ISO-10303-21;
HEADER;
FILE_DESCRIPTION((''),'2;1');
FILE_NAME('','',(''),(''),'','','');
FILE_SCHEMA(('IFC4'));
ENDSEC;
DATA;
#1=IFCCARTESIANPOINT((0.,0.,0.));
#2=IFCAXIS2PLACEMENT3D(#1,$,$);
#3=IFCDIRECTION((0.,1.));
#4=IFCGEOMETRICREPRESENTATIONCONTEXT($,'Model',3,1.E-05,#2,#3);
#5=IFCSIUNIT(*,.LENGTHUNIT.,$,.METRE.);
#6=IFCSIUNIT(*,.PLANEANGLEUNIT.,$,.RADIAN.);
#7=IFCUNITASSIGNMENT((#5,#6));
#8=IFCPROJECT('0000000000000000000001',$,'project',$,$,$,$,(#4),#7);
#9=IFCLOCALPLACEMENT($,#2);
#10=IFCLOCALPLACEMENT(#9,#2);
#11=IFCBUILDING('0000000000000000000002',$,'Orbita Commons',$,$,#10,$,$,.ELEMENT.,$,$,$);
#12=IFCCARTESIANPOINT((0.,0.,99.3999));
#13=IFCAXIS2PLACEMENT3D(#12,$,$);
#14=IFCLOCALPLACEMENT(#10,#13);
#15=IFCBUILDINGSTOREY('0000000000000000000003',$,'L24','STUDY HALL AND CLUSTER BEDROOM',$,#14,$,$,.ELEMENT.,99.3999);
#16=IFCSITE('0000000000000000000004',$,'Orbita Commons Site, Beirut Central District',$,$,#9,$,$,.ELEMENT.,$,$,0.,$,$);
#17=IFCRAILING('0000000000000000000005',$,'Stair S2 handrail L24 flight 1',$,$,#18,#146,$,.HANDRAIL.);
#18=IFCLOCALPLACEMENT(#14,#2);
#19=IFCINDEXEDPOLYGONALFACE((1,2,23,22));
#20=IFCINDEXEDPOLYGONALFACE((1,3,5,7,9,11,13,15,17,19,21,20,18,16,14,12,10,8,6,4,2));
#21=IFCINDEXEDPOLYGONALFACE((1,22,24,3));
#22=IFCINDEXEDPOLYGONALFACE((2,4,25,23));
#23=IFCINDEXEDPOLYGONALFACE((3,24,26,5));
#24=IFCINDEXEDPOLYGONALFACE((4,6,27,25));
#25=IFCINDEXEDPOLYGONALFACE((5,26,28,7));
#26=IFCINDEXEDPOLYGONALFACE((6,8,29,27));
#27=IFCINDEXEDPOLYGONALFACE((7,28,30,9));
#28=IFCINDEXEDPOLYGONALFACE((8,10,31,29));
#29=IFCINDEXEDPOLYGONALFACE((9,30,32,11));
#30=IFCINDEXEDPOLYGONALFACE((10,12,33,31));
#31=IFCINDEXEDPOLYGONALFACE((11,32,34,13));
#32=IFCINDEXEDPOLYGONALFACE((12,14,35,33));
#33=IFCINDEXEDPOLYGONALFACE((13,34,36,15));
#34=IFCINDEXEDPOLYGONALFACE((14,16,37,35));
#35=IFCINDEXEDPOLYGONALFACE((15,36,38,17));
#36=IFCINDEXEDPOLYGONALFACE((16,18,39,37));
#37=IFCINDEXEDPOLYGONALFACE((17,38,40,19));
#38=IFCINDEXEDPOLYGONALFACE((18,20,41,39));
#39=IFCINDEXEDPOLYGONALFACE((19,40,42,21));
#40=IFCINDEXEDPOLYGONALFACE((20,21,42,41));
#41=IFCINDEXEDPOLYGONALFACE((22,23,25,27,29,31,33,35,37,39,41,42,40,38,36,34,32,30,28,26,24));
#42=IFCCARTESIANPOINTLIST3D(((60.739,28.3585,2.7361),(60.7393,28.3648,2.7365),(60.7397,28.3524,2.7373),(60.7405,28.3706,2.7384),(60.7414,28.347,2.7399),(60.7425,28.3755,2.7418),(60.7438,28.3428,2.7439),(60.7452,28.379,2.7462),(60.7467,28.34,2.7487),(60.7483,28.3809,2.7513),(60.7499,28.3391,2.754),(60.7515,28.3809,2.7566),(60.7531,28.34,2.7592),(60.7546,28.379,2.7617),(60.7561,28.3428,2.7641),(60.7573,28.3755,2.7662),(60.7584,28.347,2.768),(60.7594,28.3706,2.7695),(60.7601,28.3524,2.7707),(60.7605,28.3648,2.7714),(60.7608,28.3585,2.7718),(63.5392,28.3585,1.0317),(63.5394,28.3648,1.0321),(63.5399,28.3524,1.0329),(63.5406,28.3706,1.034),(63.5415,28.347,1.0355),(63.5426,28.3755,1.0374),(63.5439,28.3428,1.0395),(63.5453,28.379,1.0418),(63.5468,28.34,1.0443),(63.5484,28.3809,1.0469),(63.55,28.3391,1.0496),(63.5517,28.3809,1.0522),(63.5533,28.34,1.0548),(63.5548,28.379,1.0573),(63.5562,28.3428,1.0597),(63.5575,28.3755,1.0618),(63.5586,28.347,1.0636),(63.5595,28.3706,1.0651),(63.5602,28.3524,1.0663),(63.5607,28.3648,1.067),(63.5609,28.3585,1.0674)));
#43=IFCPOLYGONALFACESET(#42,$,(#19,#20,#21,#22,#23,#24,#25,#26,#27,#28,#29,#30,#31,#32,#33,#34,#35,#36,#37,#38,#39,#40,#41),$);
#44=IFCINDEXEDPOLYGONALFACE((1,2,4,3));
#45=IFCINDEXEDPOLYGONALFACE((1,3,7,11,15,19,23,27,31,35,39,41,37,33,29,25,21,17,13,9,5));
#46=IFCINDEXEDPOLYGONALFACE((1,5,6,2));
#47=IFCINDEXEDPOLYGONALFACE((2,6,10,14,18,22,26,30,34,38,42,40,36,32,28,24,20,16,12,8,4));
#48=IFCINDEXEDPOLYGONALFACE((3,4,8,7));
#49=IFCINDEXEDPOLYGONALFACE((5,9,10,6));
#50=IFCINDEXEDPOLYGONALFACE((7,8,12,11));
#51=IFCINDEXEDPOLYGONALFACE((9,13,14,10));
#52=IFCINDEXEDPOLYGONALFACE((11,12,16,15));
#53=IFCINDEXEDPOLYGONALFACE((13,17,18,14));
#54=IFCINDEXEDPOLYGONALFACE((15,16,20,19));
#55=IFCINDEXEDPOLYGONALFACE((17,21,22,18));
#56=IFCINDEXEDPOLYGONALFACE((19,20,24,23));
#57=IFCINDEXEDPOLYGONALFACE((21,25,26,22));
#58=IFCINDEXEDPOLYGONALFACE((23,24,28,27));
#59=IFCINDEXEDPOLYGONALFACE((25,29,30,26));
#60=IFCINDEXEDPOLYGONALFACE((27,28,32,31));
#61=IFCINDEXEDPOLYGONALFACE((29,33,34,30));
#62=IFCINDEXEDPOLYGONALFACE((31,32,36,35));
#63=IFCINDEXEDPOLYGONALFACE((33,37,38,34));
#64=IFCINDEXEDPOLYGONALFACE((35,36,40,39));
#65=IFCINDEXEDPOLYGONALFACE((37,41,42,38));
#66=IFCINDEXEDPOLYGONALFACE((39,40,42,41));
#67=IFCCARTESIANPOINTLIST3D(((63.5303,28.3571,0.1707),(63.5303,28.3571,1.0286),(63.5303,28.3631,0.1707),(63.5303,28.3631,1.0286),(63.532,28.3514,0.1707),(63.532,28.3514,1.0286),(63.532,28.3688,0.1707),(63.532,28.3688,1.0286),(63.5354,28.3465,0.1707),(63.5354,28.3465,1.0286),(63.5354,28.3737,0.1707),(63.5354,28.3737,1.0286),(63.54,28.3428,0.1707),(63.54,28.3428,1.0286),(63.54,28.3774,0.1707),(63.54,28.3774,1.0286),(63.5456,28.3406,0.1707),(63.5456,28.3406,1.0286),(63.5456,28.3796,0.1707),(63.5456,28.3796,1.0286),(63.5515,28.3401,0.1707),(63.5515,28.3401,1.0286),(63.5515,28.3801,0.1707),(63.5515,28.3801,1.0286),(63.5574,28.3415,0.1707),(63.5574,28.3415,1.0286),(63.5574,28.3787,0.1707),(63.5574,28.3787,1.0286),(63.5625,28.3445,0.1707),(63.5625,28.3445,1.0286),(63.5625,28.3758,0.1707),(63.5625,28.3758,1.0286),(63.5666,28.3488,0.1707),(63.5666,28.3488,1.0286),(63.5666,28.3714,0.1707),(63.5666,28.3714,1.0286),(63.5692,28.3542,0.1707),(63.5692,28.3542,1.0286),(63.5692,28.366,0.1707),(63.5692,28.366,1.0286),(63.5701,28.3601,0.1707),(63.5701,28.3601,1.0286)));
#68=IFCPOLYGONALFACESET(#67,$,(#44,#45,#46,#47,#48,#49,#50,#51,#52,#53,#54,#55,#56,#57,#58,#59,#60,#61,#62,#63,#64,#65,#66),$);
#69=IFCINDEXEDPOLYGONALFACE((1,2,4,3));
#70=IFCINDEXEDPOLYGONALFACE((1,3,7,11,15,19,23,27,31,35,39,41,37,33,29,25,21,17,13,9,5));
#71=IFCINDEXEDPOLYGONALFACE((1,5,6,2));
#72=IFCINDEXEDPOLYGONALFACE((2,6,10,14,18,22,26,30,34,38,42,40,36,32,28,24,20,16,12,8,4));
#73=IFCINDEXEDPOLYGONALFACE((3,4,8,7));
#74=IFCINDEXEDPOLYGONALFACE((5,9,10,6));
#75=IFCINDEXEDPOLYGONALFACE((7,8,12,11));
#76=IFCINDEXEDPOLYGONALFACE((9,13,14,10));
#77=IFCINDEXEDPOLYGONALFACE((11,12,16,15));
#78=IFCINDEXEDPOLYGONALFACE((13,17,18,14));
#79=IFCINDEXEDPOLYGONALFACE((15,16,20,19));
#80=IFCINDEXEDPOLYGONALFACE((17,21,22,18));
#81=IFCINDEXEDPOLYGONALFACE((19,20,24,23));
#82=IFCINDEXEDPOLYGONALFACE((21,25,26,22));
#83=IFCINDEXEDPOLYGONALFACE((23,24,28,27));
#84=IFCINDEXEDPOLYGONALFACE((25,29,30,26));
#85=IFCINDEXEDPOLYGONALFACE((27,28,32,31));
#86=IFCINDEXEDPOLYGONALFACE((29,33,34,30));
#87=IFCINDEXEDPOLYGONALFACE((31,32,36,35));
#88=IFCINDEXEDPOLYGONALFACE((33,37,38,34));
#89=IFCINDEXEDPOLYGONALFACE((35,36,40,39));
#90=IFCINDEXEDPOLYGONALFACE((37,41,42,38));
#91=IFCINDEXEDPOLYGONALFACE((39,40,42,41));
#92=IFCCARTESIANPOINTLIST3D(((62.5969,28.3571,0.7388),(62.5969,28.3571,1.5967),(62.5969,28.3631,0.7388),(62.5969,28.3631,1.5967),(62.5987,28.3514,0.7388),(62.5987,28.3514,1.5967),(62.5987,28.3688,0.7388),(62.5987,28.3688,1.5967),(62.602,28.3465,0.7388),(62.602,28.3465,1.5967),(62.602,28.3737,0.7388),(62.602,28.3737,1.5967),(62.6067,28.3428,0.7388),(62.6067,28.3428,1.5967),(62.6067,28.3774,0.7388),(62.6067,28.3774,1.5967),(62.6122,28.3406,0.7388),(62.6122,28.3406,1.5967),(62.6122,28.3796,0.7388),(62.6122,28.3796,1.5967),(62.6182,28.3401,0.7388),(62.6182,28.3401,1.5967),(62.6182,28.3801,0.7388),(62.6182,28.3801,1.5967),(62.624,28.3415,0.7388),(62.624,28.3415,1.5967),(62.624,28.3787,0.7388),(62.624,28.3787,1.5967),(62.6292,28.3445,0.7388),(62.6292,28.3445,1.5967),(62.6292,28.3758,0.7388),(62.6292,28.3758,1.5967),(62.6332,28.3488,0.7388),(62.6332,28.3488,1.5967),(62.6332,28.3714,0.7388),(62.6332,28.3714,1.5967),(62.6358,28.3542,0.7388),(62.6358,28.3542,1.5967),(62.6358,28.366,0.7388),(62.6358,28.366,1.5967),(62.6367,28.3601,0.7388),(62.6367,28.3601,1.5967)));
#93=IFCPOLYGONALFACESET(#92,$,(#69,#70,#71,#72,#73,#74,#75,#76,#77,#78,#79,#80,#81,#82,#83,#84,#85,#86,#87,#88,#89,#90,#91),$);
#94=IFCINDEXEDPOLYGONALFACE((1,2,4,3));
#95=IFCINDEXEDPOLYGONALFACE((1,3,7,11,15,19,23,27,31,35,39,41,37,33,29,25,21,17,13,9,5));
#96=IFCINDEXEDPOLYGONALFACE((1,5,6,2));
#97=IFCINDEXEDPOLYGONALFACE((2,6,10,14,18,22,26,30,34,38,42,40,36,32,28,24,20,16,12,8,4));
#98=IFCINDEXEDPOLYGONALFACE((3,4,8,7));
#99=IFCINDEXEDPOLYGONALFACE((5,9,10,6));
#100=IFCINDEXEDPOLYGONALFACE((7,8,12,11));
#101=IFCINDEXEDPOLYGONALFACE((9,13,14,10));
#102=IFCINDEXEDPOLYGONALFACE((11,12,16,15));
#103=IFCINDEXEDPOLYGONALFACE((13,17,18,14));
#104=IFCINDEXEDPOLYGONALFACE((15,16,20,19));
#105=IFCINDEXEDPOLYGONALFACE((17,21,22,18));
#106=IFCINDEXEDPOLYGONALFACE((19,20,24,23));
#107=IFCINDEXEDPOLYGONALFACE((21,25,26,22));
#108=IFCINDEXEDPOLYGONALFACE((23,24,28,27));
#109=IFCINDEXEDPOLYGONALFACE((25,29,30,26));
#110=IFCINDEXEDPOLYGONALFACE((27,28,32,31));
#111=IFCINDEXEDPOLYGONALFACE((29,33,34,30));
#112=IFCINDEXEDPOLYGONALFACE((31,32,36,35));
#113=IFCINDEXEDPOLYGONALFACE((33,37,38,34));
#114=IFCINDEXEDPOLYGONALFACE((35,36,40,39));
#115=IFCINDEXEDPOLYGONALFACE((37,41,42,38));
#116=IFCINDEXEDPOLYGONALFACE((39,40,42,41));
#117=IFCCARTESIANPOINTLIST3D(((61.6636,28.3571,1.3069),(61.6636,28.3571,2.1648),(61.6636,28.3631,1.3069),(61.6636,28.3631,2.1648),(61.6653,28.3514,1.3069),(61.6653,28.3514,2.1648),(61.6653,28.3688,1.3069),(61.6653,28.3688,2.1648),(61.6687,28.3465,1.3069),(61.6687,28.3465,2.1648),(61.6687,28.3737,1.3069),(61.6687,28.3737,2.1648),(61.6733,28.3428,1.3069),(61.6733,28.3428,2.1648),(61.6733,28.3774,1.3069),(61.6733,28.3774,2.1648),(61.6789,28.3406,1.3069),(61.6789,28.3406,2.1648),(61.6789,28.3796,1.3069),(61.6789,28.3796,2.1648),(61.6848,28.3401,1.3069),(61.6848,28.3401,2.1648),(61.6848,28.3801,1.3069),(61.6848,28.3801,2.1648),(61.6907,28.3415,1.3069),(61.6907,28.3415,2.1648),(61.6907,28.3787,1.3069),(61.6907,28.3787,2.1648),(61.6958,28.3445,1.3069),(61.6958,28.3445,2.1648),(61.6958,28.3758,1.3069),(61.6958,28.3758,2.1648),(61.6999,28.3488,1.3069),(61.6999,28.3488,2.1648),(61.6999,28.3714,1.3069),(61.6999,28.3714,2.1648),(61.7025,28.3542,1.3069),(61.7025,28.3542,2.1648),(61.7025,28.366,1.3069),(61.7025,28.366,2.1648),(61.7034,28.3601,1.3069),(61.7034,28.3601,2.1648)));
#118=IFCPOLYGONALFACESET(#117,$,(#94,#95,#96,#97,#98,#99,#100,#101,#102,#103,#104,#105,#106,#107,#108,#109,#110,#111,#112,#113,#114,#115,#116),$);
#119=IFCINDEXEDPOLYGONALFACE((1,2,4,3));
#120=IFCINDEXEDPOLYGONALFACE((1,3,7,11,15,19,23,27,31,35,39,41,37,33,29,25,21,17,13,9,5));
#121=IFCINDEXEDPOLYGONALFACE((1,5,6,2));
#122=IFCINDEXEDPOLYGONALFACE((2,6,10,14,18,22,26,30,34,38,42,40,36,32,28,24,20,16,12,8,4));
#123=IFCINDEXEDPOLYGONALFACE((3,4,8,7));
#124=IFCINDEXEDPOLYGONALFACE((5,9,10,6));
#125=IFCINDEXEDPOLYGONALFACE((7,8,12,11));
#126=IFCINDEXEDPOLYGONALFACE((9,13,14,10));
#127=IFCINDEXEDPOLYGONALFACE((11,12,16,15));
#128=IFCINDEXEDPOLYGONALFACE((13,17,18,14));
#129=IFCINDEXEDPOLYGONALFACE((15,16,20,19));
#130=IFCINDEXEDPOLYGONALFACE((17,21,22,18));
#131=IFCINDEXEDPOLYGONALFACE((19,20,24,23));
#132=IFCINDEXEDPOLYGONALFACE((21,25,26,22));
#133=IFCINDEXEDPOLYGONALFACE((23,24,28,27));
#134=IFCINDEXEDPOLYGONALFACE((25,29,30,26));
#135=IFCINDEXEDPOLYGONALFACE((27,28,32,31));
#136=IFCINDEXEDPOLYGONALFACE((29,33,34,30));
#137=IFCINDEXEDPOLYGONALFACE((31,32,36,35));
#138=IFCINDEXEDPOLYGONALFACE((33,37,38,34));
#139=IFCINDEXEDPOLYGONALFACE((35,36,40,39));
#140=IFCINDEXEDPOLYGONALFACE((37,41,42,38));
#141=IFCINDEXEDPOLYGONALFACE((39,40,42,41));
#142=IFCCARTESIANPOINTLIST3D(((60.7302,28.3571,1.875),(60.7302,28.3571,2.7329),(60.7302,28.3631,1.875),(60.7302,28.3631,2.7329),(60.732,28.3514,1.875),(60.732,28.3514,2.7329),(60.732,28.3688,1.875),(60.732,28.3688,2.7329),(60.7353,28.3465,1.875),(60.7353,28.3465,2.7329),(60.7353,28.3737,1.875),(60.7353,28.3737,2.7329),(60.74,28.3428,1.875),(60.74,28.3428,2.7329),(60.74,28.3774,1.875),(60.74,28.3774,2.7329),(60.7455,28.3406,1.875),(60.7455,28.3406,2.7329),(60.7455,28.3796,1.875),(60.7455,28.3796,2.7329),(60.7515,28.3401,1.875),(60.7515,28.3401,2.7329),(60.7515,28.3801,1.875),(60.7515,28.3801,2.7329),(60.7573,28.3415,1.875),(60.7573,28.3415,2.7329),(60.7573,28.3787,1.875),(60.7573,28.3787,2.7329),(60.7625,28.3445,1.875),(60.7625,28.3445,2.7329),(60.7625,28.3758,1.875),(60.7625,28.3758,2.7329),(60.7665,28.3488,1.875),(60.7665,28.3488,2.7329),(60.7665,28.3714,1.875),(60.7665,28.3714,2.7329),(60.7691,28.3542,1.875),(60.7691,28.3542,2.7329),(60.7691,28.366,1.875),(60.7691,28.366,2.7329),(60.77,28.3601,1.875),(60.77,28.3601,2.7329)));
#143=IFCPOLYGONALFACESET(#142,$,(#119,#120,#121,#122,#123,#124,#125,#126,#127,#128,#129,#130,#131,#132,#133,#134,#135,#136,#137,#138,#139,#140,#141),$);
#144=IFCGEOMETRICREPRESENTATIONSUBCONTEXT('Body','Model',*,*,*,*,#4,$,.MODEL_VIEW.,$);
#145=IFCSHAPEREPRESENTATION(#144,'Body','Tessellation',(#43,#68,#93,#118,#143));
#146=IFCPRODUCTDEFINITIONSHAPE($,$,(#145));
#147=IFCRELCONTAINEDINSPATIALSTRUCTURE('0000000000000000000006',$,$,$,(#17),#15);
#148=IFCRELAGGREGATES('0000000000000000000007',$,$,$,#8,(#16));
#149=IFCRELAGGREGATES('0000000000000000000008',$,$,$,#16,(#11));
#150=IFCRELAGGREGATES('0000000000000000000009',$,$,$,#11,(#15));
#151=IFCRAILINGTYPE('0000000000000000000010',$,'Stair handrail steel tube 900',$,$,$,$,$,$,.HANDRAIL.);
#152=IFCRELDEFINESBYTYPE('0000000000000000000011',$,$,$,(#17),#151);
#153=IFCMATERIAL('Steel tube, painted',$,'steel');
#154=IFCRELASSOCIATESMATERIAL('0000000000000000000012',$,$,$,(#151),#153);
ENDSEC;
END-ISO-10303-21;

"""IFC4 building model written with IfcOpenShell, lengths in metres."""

from ifc_helpers import new_model, si_unit, direction, frame, origin, origin_2d, place, context, subcontext, project, spatial, circle, extrude, material, type_object, element, save


model = new_model("IFC4")

# Units and contexts
model_context = context("Model", 3, precision=1e-05, world=origin(), true_north=direction((0.0, 1.0)))
body_context = subcontext(model_context, "Body", "Model", "MODEL_VIEW")
ifc_project = project(units=[si_unit("LENGTHUNIT", "METRE"), si_unit("PLANEANGLEUNIT", "RADIAN")], contexts=[model_context])

# Site, building, storey
site_placement = place(None, origin())
site = spatial("IfcSite", under=ifc_project, at=site_placement, Name="Orbita Commons Site, Beirut Central District", CompositionType="ELEMENT", RefElevation=0.0)
building_placement = place(site_placement, origin())
building = spatial("IfcBuilding", under=site, at=building_placement, Name="Orbita Commons", CompositionType="ELEMENT")
storey_placement = place(building_placement, frame((0.0, 0.0, 99.3999)))
storey = spatial("IfcBuildingStorey", under=building, at=storey_placement, Name="L24", Description="STUDY HALL AND CLUSTER BEDROOM", CompositionType="ELEMENT", Elevation=99.3999)

# Railing
ifc_material_1 = material(Name="Steel tube, painted", Category="steel")
railing_type = type_object("IfcRailingType", Name="Stair handrail steel tube 900", PredefinedType="HANDRAIL", material=ifc_material_1)
for number, where, name in (
    (1, (63.55, 28.3601, 0.1707), "Stair S2 handrail L24 flight 1"),
):
    element("IfcRailing", number, at=place(storey_placement, frame(where)), inside=storey, type_object=railing_type, Name=name, PredefinedType="HANDRAIL", context=body_context, shape_type="SweptSolid", body=[
        extrude(circle(Radius=0.021, at=origin_2d()), frame((0.0, 0.0, 0.8789), z_axis=(-0.854203, 0.0, 0.51994), x_axis=(0.0, -1.0, 0.0)), (0.0, 0.0, 1.0), 3.2781),
        extrude(circle(Radius=0.02, at=origin_2d()), origin(), (0.0, 0.0, 1.0), 0.8579),
        extrude(circle(Radius=0.02, at=origin_2d()), frame((-0.9333, 0.0, 0.5681)), (0.0, 0.0, 1.0), 0.8579),
        extrude(circle(Radius=0.02, at=origin_2d()), frame((-1.8667, 0.0, 1.1362)), (0.0, 0.0, 1.0), 0.8579),
        extrude(circle(Radius=0.02, at=origin_2d()), frame((-2.8, 0.0, 1.7043)), (0.0, 0.0, 1.0), 0.8579),
    ])

save(model, "model.ifc")
